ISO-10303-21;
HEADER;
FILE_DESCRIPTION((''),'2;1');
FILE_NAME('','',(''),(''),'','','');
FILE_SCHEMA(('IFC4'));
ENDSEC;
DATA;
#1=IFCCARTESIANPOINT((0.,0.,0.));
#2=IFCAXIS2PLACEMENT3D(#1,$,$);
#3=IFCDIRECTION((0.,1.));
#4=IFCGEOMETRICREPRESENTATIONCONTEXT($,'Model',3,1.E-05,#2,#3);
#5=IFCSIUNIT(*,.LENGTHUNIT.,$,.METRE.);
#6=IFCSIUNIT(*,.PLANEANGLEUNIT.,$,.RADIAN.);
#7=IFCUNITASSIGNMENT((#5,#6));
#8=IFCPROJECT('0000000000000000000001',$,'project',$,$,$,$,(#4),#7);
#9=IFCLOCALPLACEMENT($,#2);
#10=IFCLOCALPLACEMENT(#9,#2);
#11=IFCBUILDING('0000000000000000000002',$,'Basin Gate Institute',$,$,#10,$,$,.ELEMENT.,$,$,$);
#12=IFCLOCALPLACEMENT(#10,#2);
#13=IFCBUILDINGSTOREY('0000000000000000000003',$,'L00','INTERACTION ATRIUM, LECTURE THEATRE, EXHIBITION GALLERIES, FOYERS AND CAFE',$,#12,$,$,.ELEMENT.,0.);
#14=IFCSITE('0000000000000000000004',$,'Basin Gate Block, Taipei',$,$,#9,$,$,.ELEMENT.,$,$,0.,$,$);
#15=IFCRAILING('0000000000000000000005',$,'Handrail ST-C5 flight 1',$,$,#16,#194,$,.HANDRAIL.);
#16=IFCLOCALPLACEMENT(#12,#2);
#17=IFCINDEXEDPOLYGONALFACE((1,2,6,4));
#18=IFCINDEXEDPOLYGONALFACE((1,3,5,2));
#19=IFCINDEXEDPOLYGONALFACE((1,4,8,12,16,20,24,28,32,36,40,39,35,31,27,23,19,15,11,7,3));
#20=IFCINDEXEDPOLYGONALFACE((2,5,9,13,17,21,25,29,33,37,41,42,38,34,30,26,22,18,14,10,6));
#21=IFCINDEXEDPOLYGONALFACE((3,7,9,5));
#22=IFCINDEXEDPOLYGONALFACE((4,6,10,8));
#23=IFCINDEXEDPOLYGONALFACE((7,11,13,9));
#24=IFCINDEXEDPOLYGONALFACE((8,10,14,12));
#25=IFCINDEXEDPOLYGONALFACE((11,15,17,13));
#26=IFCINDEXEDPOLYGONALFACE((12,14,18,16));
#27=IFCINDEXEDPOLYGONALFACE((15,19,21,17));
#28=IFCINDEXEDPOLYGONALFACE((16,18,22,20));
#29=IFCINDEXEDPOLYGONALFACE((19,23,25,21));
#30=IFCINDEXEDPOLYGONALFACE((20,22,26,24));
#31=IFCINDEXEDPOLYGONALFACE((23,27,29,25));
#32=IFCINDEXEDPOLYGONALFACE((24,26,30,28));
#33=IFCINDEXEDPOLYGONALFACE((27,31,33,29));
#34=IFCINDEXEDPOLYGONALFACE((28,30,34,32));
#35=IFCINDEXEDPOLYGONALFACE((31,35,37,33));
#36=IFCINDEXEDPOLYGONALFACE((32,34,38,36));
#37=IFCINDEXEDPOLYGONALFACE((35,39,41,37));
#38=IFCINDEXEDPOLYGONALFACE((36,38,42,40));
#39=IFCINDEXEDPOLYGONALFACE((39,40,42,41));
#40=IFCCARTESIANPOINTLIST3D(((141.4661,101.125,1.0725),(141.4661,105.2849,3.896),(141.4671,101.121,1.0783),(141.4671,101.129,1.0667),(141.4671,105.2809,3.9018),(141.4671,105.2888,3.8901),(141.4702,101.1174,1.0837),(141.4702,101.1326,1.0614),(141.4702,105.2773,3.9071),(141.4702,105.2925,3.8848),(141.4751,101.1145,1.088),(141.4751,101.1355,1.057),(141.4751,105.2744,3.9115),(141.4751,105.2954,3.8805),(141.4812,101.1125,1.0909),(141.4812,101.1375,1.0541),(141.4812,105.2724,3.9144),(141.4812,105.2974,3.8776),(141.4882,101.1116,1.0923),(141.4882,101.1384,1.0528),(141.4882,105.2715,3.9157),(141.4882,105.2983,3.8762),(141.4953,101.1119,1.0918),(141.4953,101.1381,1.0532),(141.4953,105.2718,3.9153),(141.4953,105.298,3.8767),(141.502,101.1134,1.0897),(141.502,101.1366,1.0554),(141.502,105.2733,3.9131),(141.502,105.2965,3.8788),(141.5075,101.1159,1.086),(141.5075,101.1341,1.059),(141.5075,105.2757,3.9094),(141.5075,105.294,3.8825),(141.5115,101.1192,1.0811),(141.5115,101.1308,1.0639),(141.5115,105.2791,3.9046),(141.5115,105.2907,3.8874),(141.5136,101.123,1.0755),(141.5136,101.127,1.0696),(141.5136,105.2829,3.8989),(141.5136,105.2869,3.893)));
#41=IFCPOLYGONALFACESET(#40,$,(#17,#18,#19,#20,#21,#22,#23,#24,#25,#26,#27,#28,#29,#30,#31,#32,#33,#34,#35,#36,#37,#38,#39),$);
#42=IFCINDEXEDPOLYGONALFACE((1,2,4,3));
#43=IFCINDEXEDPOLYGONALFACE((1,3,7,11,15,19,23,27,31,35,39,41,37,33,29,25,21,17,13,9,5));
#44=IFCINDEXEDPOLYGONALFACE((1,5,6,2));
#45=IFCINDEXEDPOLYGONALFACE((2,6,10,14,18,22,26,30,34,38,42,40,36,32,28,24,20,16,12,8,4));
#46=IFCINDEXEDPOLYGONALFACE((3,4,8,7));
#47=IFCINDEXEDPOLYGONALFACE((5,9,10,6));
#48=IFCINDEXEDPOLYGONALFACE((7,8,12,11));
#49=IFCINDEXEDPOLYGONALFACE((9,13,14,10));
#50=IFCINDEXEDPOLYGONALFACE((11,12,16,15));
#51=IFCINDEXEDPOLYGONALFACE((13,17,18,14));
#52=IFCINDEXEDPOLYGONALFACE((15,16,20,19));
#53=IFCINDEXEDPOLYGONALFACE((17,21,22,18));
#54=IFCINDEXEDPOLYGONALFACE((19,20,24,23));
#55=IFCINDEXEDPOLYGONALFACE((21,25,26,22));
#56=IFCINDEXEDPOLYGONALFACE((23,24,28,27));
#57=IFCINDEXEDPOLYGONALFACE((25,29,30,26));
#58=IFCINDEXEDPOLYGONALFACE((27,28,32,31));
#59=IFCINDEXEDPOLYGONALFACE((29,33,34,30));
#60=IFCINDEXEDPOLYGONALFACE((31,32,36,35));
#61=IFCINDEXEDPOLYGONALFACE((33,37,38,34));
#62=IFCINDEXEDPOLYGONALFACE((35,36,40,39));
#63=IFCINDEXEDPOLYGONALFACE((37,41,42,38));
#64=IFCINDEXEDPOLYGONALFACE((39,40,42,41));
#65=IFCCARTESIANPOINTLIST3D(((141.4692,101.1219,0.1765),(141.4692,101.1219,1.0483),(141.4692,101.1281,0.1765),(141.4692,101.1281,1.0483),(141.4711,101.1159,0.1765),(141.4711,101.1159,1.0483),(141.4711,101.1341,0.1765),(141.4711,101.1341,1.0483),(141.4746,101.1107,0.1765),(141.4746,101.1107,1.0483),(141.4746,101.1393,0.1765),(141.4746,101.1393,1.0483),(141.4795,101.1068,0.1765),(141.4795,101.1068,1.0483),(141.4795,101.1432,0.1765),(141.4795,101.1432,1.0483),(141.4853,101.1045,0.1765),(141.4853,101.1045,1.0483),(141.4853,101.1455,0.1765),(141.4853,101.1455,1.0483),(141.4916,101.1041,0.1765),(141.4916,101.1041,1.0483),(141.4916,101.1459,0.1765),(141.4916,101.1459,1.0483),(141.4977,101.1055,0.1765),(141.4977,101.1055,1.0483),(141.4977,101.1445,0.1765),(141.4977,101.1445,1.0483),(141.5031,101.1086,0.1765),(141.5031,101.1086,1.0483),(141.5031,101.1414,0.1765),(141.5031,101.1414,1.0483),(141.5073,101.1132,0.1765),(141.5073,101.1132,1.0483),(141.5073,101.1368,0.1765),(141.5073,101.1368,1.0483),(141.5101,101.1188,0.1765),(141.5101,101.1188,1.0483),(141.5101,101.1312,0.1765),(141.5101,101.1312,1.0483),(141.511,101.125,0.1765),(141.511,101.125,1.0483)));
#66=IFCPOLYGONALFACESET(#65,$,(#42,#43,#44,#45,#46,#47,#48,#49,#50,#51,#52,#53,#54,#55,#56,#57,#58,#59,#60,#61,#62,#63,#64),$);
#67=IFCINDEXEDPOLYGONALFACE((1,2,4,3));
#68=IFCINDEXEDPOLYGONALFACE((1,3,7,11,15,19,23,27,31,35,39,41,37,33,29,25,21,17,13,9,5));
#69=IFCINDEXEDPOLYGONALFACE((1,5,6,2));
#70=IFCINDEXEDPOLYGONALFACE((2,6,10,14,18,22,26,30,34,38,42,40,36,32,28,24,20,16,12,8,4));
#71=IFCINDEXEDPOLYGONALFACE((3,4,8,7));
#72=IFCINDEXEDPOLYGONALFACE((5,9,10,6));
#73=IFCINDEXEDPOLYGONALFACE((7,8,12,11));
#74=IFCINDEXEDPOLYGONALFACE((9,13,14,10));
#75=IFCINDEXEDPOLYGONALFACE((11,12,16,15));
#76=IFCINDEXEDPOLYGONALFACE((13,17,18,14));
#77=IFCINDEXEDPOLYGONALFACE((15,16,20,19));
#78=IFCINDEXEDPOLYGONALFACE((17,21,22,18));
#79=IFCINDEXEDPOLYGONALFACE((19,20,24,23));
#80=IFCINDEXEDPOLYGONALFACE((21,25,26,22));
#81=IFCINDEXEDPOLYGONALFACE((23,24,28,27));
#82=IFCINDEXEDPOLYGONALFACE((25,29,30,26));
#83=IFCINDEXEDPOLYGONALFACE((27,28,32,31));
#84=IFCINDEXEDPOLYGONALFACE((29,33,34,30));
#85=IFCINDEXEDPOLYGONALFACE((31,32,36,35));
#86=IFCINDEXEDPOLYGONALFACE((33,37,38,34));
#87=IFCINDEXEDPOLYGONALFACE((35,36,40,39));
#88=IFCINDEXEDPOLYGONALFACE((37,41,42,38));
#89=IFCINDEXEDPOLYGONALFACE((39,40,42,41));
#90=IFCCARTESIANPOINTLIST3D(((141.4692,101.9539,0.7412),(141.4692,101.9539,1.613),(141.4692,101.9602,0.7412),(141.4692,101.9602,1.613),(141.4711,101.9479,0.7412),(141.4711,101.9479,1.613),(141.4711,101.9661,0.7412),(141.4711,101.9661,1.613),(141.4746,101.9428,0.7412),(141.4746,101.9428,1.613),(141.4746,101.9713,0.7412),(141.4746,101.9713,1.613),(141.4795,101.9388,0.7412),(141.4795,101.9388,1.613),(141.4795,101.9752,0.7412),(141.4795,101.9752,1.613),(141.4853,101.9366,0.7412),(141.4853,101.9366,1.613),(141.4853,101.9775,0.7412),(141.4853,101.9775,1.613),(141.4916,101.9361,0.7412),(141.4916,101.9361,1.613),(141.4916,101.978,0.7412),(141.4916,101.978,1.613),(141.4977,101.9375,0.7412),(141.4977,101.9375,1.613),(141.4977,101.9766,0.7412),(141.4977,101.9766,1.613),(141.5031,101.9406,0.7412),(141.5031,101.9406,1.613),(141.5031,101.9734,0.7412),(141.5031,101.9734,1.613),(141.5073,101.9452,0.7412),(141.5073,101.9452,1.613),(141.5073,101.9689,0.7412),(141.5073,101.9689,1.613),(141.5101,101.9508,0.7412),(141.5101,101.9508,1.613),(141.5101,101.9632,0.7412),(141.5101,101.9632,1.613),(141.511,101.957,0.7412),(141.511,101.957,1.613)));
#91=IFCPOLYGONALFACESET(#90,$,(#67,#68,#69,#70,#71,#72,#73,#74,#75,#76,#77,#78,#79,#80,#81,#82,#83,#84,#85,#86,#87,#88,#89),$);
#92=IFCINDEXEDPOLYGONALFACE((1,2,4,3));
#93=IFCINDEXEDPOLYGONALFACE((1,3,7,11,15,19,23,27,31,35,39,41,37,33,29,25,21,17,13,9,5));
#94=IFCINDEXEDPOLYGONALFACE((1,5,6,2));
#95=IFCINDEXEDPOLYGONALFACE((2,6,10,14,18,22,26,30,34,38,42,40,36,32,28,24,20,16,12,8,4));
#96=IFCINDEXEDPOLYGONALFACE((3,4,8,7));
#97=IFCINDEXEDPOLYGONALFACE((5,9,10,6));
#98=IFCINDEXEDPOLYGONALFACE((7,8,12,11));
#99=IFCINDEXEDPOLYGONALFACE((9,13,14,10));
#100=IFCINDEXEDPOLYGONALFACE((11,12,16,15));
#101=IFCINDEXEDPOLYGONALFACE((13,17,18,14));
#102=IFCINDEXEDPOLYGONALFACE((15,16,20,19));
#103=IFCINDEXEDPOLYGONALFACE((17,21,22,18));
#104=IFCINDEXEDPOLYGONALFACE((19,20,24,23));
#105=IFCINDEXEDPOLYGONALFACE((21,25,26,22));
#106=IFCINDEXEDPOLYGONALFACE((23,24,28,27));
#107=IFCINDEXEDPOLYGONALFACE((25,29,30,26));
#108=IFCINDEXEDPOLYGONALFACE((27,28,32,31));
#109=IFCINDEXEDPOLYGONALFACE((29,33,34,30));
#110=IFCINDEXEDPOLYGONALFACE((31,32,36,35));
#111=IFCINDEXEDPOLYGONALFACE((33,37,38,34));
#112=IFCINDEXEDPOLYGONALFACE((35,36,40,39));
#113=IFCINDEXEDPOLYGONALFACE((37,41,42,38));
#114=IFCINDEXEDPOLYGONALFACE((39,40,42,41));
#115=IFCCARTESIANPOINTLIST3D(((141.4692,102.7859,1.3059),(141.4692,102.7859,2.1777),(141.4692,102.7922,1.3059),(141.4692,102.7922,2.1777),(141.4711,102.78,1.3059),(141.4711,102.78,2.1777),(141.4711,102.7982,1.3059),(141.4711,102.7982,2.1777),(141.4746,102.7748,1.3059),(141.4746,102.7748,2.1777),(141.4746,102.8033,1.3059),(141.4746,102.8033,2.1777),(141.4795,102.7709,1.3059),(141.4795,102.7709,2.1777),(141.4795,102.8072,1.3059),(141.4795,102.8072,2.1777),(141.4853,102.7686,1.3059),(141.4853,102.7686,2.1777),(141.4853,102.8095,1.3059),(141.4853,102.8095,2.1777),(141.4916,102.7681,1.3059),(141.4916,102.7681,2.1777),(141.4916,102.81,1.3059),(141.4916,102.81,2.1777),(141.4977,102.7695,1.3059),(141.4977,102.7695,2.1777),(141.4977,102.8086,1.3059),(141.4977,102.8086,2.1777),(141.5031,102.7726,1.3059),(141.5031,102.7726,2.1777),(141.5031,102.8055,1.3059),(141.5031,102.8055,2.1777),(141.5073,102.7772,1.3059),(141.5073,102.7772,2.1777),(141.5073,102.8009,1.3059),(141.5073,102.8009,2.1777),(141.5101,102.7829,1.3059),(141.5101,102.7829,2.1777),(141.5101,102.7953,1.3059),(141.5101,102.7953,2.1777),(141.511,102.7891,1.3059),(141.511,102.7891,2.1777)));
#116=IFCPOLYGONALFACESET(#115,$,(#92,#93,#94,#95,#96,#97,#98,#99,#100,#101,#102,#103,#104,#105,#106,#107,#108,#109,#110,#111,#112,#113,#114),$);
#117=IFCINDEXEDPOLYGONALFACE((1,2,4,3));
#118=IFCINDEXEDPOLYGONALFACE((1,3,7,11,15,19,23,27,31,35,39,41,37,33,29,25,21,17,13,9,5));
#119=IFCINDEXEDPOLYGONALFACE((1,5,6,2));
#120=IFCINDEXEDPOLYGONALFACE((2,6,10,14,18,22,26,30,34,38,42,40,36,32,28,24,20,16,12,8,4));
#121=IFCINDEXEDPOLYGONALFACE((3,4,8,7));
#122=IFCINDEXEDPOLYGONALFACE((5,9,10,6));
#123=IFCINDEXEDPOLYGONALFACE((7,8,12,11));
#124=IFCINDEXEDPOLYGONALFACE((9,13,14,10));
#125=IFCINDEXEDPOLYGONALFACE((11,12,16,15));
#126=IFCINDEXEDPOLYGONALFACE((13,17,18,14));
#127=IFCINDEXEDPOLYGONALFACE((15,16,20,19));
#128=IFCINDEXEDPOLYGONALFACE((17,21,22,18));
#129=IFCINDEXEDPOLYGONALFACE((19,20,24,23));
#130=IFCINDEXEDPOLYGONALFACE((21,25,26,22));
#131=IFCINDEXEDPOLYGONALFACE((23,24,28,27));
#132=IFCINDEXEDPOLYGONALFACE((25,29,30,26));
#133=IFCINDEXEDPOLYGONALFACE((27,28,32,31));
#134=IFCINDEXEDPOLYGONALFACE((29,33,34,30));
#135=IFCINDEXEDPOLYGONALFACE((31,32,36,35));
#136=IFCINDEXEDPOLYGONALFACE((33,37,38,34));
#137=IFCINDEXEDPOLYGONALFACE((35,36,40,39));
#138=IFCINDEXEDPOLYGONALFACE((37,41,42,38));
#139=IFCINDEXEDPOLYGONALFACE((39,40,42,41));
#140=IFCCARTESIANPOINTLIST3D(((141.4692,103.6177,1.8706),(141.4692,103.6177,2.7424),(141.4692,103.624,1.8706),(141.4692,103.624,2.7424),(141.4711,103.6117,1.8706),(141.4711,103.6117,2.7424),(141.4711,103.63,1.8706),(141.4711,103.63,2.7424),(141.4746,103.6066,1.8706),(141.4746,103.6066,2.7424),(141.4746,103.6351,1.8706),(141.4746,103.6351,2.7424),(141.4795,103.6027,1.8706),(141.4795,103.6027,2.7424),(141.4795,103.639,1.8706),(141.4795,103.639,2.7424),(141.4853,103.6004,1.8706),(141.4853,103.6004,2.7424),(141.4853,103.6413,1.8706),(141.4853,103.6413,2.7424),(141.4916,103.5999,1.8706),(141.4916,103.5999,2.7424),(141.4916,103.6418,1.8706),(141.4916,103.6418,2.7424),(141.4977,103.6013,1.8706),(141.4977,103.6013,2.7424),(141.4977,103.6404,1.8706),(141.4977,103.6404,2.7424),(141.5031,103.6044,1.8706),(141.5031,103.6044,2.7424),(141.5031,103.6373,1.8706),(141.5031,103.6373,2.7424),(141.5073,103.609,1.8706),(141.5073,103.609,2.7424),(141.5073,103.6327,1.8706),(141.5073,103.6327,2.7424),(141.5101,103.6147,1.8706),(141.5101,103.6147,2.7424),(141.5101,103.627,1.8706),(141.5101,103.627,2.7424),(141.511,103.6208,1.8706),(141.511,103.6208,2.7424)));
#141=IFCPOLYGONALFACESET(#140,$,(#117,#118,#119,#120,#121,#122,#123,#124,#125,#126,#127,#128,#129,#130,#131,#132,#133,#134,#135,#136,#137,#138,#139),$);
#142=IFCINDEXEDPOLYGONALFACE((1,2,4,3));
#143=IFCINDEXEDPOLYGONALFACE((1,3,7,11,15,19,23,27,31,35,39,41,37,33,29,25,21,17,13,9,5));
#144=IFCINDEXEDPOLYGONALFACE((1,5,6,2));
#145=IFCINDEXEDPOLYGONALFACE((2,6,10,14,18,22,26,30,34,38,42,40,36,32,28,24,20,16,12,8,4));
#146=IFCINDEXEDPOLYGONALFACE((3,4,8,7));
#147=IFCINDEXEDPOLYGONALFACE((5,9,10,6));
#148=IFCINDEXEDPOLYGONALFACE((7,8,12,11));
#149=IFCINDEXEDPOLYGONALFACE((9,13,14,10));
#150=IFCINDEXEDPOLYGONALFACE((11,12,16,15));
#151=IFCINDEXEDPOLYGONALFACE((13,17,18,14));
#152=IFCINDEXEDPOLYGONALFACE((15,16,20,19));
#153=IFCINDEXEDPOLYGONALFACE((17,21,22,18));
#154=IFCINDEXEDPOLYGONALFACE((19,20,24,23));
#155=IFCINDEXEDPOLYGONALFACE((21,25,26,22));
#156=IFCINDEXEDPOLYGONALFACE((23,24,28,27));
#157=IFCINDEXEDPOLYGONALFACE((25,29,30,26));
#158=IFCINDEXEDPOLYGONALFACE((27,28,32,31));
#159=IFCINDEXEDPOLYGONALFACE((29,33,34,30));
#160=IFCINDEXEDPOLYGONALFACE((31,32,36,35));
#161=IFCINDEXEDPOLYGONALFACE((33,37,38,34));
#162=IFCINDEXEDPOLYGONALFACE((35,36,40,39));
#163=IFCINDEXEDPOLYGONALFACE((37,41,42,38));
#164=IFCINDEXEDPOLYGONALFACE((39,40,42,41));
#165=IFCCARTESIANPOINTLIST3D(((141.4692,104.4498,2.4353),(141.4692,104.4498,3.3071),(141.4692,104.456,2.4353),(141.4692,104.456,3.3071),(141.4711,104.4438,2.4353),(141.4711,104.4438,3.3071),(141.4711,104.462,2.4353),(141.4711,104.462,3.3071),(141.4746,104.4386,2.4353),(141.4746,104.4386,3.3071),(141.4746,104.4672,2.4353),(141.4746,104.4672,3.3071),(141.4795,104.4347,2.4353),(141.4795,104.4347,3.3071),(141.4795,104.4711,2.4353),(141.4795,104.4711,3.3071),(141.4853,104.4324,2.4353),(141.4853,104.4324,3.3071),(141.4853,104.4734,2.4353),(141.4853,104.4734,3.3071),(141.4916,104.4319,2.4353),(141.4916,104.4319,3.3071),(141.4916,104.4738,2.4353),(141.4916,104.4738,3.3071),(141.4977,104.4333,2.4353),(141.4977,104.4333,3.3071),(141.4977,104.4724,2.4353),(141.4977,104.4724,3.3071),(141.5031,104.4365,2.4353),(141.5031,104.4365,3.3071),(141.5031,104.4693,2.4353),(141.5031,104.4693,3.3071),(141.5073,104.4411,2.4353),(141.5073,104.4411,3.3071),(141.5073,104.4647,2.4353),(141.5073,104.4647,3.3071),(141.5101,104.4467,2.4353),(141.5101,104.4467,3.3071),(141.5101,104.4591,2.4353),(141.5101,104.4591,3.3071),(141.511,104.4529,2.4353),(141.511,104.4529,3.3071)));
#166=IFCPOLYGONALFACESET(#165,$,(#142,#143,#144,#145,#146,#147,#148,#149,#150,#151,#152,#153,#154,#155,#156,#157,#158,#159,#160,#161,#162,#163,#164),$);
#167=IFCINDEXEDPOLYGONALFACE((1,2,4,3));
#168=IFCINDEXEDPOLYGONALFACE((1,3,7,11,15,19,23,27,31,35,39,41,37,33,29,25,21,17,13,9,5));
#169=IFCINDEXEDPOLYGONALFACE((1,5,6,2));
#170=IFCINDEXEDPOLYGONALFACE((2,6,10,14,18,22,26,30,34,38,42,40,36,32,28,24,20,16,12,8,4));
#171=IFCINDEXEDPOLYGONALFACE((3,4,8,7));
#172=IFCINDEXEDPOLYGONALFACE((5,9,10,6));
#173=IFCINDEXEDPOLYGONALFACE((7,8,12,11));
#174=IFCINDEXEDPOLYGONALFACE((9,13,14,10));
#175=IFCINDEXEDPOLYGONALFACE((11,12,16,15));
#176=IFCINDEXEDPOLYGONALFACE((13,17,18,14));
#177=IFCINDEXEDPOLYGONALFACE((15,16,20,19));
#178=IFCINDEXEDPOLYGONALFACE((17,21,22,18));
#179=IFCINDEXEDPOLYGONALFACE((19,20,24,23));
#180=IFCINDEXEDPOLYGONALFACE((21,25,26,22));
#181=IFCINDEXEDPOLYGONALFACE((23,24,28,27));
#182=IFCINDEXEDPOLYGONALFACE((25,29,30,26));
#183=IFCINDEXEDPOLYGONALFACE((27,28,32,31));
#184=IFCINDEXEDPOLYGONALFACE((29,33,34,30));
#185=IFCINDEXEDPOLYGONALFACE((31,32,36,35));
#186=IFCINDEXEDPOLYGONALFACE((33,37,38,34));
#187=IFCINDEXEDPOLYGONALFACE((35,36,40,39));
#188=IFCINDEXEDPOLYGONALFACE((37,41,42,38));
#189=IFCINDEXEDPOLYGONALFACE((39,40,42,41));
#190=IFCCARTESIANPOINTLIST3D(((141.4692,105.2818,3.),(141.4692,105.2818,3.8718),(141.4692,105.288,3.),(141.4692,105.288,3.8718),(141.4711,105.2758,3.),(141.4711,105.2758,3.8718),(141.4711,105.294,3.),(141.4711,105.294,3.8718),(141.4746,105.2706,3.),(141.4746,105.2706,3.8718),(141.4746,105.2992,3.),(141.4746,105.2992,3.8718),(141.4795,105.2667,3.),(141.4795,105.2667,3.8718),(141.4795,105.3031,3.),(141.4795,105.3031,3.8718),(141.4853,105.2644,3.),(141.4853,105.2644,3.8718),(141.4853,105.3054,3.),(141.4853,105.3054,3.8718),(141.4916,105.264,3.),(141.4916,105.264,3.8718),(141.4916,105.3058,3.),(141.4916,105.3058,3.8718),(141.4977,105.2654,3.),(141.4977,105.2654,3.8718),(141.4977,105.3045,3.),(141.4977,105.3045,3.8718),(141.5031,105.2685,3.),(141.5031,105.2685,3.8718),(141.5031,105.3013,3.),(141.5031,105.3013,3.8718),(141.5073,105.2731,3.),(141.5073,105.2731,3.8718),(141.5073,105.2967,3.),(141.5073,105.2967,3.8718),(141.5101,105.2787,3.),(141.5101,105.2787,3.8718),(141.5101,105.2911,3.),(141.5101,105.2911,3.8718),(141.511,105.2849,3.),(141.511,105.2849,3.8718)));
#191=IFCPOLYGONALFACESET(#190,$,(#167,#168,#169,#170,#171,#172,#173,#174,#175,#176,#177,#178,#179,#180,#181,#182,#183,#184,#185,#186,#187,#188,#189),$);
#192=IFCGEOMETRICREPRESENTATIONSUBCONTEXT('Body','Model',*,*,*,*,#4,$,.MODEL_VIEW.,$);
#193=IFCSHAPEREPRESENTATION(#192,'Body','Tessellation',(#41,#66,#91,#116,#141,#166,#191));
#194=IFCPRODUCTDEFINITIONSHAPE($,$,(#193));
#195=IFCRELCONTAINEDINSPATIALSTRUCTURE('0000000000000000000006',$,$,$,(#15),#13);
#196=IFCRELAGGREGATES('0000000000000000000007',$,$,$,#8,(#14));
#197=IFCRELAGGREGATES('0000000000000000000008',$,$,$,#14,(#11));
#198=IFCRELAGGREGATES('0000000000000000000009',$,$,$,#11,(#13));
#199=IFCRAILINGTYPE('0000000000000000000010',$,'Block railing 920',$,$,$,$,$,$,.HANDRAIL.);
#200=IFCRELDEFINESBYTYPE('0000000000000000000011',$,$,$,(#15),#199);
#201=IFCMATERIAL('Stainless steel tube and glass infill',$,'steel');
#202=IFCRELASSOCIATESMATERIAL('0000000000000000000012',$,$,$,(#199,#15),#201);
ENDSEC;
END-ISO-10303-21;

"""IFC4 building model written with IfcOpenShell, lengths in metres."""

from ifc_helpers import new_model, si_unit, direction, frame, origin, origin_2d, place, context, subcontext, project, spatial, circle, extrude, material, type_object, element, save


model = new_model("IFC4")

# Units and contexts
model_context = context("Model", 3, precision=1e-05, world=origin(), true_north=direction((0.0, 1.0)))
body_context = subcontext(model_context, "Body", "Model", "MODEL_VIEW")
ifc_project = project(units=[si_unit("LENGTHUNIT", "METRE"), si_unit("PLANEANGLEUNIT", "RADIAN")], contexts=[model_context])

# Site, building, storey
site_placement = place(None, origin())
site = spatial("IfcSite", under=ifc_project, at=site_placement, Name="Basin Gate Block, Taipei", CompositionType="ELEMENT", RefElevation=0.0)
building_placement = place(site_placement, origin())
building = spatial("IfcBuilding", under=site, at=building_placement, Name="Basin Gate Institute", CompositionType="ELEMENT")
storey_placement = place(building_placement, origin())
storey = spatial("IfcBuildingStorey", under=building, at=storey_placement, Name="L00", Description="INTERACTION ATRIUM, LECTURE THEATRE, EXHIBITION GALLERIES, FOYERS AND CAFE", CompositionType="ELEMENT", Elevation=0.0)

# Railing
ifc_material_1 = material(Name="Stainless steel tube and glass infill", Category="steel")
railing_type_1 = type_object("IfcRailingType", Name="Block railing 920", PredefinedType="HANDRAIL", material=ifc_material_1)
for number, where, name in (
    (1, (141.49, 101.125, 0.1765), "Handrail ST-C5 flight 1"),
):
    element("IfcRailing", number, at=place(storey_placement, frame(where)), inside=storey, type_object=railing_type_1, material=ifc_material_1, Name=name, PredefinedType="HANDRAIL", context=body_context, shape_type="SweptSolid", body=[
        extrude(circle(Radius=0.0239, at=origin_2d()), frame((0.0, 0.0, 0.896), z_axis=(0.0, 0.827412, 0.561595), x_axis=(-1.0, 0.0, 0.0)), (0.0, 0.0, 1.0), 5.0276),
        extrude(circle(Radius=0.021, at=origin_2d()), origin(), (0.0, 0.0, 1.0), 0.8718),
        extrude(circle(Radius=0.021, at=origin_2d()), frame((0.0, 0.832, 0.5647)), (0.0, 0.0, 1.0), 0.8718),
        extrude(circle(Radius=0.021, at=origin_2d()), frame((0.0, 1.6641, 1.1294)), (0.0, 0.0, 1.0), 0.8718),
        extrude(circle(Radius=0.021, at=origin_2d()), frame((0.0, 2.4958, 1.6941)), (0.0, 0.0, 1.0), 0.8718),
        extrude(circle(Radius=0.021, at=origin_2d()), frame((0.0, 3.3279, 2.2588)), (0.0, 0.0, 1.0), 0.8718),
        extrude(circle(Radius=0.021, at=origin_2d()), frame((0.0, 4.1599, 2.8235)), (0.0, 0.0, 1.0), 0.8718),
    ])

save(model, "model.ifc")
